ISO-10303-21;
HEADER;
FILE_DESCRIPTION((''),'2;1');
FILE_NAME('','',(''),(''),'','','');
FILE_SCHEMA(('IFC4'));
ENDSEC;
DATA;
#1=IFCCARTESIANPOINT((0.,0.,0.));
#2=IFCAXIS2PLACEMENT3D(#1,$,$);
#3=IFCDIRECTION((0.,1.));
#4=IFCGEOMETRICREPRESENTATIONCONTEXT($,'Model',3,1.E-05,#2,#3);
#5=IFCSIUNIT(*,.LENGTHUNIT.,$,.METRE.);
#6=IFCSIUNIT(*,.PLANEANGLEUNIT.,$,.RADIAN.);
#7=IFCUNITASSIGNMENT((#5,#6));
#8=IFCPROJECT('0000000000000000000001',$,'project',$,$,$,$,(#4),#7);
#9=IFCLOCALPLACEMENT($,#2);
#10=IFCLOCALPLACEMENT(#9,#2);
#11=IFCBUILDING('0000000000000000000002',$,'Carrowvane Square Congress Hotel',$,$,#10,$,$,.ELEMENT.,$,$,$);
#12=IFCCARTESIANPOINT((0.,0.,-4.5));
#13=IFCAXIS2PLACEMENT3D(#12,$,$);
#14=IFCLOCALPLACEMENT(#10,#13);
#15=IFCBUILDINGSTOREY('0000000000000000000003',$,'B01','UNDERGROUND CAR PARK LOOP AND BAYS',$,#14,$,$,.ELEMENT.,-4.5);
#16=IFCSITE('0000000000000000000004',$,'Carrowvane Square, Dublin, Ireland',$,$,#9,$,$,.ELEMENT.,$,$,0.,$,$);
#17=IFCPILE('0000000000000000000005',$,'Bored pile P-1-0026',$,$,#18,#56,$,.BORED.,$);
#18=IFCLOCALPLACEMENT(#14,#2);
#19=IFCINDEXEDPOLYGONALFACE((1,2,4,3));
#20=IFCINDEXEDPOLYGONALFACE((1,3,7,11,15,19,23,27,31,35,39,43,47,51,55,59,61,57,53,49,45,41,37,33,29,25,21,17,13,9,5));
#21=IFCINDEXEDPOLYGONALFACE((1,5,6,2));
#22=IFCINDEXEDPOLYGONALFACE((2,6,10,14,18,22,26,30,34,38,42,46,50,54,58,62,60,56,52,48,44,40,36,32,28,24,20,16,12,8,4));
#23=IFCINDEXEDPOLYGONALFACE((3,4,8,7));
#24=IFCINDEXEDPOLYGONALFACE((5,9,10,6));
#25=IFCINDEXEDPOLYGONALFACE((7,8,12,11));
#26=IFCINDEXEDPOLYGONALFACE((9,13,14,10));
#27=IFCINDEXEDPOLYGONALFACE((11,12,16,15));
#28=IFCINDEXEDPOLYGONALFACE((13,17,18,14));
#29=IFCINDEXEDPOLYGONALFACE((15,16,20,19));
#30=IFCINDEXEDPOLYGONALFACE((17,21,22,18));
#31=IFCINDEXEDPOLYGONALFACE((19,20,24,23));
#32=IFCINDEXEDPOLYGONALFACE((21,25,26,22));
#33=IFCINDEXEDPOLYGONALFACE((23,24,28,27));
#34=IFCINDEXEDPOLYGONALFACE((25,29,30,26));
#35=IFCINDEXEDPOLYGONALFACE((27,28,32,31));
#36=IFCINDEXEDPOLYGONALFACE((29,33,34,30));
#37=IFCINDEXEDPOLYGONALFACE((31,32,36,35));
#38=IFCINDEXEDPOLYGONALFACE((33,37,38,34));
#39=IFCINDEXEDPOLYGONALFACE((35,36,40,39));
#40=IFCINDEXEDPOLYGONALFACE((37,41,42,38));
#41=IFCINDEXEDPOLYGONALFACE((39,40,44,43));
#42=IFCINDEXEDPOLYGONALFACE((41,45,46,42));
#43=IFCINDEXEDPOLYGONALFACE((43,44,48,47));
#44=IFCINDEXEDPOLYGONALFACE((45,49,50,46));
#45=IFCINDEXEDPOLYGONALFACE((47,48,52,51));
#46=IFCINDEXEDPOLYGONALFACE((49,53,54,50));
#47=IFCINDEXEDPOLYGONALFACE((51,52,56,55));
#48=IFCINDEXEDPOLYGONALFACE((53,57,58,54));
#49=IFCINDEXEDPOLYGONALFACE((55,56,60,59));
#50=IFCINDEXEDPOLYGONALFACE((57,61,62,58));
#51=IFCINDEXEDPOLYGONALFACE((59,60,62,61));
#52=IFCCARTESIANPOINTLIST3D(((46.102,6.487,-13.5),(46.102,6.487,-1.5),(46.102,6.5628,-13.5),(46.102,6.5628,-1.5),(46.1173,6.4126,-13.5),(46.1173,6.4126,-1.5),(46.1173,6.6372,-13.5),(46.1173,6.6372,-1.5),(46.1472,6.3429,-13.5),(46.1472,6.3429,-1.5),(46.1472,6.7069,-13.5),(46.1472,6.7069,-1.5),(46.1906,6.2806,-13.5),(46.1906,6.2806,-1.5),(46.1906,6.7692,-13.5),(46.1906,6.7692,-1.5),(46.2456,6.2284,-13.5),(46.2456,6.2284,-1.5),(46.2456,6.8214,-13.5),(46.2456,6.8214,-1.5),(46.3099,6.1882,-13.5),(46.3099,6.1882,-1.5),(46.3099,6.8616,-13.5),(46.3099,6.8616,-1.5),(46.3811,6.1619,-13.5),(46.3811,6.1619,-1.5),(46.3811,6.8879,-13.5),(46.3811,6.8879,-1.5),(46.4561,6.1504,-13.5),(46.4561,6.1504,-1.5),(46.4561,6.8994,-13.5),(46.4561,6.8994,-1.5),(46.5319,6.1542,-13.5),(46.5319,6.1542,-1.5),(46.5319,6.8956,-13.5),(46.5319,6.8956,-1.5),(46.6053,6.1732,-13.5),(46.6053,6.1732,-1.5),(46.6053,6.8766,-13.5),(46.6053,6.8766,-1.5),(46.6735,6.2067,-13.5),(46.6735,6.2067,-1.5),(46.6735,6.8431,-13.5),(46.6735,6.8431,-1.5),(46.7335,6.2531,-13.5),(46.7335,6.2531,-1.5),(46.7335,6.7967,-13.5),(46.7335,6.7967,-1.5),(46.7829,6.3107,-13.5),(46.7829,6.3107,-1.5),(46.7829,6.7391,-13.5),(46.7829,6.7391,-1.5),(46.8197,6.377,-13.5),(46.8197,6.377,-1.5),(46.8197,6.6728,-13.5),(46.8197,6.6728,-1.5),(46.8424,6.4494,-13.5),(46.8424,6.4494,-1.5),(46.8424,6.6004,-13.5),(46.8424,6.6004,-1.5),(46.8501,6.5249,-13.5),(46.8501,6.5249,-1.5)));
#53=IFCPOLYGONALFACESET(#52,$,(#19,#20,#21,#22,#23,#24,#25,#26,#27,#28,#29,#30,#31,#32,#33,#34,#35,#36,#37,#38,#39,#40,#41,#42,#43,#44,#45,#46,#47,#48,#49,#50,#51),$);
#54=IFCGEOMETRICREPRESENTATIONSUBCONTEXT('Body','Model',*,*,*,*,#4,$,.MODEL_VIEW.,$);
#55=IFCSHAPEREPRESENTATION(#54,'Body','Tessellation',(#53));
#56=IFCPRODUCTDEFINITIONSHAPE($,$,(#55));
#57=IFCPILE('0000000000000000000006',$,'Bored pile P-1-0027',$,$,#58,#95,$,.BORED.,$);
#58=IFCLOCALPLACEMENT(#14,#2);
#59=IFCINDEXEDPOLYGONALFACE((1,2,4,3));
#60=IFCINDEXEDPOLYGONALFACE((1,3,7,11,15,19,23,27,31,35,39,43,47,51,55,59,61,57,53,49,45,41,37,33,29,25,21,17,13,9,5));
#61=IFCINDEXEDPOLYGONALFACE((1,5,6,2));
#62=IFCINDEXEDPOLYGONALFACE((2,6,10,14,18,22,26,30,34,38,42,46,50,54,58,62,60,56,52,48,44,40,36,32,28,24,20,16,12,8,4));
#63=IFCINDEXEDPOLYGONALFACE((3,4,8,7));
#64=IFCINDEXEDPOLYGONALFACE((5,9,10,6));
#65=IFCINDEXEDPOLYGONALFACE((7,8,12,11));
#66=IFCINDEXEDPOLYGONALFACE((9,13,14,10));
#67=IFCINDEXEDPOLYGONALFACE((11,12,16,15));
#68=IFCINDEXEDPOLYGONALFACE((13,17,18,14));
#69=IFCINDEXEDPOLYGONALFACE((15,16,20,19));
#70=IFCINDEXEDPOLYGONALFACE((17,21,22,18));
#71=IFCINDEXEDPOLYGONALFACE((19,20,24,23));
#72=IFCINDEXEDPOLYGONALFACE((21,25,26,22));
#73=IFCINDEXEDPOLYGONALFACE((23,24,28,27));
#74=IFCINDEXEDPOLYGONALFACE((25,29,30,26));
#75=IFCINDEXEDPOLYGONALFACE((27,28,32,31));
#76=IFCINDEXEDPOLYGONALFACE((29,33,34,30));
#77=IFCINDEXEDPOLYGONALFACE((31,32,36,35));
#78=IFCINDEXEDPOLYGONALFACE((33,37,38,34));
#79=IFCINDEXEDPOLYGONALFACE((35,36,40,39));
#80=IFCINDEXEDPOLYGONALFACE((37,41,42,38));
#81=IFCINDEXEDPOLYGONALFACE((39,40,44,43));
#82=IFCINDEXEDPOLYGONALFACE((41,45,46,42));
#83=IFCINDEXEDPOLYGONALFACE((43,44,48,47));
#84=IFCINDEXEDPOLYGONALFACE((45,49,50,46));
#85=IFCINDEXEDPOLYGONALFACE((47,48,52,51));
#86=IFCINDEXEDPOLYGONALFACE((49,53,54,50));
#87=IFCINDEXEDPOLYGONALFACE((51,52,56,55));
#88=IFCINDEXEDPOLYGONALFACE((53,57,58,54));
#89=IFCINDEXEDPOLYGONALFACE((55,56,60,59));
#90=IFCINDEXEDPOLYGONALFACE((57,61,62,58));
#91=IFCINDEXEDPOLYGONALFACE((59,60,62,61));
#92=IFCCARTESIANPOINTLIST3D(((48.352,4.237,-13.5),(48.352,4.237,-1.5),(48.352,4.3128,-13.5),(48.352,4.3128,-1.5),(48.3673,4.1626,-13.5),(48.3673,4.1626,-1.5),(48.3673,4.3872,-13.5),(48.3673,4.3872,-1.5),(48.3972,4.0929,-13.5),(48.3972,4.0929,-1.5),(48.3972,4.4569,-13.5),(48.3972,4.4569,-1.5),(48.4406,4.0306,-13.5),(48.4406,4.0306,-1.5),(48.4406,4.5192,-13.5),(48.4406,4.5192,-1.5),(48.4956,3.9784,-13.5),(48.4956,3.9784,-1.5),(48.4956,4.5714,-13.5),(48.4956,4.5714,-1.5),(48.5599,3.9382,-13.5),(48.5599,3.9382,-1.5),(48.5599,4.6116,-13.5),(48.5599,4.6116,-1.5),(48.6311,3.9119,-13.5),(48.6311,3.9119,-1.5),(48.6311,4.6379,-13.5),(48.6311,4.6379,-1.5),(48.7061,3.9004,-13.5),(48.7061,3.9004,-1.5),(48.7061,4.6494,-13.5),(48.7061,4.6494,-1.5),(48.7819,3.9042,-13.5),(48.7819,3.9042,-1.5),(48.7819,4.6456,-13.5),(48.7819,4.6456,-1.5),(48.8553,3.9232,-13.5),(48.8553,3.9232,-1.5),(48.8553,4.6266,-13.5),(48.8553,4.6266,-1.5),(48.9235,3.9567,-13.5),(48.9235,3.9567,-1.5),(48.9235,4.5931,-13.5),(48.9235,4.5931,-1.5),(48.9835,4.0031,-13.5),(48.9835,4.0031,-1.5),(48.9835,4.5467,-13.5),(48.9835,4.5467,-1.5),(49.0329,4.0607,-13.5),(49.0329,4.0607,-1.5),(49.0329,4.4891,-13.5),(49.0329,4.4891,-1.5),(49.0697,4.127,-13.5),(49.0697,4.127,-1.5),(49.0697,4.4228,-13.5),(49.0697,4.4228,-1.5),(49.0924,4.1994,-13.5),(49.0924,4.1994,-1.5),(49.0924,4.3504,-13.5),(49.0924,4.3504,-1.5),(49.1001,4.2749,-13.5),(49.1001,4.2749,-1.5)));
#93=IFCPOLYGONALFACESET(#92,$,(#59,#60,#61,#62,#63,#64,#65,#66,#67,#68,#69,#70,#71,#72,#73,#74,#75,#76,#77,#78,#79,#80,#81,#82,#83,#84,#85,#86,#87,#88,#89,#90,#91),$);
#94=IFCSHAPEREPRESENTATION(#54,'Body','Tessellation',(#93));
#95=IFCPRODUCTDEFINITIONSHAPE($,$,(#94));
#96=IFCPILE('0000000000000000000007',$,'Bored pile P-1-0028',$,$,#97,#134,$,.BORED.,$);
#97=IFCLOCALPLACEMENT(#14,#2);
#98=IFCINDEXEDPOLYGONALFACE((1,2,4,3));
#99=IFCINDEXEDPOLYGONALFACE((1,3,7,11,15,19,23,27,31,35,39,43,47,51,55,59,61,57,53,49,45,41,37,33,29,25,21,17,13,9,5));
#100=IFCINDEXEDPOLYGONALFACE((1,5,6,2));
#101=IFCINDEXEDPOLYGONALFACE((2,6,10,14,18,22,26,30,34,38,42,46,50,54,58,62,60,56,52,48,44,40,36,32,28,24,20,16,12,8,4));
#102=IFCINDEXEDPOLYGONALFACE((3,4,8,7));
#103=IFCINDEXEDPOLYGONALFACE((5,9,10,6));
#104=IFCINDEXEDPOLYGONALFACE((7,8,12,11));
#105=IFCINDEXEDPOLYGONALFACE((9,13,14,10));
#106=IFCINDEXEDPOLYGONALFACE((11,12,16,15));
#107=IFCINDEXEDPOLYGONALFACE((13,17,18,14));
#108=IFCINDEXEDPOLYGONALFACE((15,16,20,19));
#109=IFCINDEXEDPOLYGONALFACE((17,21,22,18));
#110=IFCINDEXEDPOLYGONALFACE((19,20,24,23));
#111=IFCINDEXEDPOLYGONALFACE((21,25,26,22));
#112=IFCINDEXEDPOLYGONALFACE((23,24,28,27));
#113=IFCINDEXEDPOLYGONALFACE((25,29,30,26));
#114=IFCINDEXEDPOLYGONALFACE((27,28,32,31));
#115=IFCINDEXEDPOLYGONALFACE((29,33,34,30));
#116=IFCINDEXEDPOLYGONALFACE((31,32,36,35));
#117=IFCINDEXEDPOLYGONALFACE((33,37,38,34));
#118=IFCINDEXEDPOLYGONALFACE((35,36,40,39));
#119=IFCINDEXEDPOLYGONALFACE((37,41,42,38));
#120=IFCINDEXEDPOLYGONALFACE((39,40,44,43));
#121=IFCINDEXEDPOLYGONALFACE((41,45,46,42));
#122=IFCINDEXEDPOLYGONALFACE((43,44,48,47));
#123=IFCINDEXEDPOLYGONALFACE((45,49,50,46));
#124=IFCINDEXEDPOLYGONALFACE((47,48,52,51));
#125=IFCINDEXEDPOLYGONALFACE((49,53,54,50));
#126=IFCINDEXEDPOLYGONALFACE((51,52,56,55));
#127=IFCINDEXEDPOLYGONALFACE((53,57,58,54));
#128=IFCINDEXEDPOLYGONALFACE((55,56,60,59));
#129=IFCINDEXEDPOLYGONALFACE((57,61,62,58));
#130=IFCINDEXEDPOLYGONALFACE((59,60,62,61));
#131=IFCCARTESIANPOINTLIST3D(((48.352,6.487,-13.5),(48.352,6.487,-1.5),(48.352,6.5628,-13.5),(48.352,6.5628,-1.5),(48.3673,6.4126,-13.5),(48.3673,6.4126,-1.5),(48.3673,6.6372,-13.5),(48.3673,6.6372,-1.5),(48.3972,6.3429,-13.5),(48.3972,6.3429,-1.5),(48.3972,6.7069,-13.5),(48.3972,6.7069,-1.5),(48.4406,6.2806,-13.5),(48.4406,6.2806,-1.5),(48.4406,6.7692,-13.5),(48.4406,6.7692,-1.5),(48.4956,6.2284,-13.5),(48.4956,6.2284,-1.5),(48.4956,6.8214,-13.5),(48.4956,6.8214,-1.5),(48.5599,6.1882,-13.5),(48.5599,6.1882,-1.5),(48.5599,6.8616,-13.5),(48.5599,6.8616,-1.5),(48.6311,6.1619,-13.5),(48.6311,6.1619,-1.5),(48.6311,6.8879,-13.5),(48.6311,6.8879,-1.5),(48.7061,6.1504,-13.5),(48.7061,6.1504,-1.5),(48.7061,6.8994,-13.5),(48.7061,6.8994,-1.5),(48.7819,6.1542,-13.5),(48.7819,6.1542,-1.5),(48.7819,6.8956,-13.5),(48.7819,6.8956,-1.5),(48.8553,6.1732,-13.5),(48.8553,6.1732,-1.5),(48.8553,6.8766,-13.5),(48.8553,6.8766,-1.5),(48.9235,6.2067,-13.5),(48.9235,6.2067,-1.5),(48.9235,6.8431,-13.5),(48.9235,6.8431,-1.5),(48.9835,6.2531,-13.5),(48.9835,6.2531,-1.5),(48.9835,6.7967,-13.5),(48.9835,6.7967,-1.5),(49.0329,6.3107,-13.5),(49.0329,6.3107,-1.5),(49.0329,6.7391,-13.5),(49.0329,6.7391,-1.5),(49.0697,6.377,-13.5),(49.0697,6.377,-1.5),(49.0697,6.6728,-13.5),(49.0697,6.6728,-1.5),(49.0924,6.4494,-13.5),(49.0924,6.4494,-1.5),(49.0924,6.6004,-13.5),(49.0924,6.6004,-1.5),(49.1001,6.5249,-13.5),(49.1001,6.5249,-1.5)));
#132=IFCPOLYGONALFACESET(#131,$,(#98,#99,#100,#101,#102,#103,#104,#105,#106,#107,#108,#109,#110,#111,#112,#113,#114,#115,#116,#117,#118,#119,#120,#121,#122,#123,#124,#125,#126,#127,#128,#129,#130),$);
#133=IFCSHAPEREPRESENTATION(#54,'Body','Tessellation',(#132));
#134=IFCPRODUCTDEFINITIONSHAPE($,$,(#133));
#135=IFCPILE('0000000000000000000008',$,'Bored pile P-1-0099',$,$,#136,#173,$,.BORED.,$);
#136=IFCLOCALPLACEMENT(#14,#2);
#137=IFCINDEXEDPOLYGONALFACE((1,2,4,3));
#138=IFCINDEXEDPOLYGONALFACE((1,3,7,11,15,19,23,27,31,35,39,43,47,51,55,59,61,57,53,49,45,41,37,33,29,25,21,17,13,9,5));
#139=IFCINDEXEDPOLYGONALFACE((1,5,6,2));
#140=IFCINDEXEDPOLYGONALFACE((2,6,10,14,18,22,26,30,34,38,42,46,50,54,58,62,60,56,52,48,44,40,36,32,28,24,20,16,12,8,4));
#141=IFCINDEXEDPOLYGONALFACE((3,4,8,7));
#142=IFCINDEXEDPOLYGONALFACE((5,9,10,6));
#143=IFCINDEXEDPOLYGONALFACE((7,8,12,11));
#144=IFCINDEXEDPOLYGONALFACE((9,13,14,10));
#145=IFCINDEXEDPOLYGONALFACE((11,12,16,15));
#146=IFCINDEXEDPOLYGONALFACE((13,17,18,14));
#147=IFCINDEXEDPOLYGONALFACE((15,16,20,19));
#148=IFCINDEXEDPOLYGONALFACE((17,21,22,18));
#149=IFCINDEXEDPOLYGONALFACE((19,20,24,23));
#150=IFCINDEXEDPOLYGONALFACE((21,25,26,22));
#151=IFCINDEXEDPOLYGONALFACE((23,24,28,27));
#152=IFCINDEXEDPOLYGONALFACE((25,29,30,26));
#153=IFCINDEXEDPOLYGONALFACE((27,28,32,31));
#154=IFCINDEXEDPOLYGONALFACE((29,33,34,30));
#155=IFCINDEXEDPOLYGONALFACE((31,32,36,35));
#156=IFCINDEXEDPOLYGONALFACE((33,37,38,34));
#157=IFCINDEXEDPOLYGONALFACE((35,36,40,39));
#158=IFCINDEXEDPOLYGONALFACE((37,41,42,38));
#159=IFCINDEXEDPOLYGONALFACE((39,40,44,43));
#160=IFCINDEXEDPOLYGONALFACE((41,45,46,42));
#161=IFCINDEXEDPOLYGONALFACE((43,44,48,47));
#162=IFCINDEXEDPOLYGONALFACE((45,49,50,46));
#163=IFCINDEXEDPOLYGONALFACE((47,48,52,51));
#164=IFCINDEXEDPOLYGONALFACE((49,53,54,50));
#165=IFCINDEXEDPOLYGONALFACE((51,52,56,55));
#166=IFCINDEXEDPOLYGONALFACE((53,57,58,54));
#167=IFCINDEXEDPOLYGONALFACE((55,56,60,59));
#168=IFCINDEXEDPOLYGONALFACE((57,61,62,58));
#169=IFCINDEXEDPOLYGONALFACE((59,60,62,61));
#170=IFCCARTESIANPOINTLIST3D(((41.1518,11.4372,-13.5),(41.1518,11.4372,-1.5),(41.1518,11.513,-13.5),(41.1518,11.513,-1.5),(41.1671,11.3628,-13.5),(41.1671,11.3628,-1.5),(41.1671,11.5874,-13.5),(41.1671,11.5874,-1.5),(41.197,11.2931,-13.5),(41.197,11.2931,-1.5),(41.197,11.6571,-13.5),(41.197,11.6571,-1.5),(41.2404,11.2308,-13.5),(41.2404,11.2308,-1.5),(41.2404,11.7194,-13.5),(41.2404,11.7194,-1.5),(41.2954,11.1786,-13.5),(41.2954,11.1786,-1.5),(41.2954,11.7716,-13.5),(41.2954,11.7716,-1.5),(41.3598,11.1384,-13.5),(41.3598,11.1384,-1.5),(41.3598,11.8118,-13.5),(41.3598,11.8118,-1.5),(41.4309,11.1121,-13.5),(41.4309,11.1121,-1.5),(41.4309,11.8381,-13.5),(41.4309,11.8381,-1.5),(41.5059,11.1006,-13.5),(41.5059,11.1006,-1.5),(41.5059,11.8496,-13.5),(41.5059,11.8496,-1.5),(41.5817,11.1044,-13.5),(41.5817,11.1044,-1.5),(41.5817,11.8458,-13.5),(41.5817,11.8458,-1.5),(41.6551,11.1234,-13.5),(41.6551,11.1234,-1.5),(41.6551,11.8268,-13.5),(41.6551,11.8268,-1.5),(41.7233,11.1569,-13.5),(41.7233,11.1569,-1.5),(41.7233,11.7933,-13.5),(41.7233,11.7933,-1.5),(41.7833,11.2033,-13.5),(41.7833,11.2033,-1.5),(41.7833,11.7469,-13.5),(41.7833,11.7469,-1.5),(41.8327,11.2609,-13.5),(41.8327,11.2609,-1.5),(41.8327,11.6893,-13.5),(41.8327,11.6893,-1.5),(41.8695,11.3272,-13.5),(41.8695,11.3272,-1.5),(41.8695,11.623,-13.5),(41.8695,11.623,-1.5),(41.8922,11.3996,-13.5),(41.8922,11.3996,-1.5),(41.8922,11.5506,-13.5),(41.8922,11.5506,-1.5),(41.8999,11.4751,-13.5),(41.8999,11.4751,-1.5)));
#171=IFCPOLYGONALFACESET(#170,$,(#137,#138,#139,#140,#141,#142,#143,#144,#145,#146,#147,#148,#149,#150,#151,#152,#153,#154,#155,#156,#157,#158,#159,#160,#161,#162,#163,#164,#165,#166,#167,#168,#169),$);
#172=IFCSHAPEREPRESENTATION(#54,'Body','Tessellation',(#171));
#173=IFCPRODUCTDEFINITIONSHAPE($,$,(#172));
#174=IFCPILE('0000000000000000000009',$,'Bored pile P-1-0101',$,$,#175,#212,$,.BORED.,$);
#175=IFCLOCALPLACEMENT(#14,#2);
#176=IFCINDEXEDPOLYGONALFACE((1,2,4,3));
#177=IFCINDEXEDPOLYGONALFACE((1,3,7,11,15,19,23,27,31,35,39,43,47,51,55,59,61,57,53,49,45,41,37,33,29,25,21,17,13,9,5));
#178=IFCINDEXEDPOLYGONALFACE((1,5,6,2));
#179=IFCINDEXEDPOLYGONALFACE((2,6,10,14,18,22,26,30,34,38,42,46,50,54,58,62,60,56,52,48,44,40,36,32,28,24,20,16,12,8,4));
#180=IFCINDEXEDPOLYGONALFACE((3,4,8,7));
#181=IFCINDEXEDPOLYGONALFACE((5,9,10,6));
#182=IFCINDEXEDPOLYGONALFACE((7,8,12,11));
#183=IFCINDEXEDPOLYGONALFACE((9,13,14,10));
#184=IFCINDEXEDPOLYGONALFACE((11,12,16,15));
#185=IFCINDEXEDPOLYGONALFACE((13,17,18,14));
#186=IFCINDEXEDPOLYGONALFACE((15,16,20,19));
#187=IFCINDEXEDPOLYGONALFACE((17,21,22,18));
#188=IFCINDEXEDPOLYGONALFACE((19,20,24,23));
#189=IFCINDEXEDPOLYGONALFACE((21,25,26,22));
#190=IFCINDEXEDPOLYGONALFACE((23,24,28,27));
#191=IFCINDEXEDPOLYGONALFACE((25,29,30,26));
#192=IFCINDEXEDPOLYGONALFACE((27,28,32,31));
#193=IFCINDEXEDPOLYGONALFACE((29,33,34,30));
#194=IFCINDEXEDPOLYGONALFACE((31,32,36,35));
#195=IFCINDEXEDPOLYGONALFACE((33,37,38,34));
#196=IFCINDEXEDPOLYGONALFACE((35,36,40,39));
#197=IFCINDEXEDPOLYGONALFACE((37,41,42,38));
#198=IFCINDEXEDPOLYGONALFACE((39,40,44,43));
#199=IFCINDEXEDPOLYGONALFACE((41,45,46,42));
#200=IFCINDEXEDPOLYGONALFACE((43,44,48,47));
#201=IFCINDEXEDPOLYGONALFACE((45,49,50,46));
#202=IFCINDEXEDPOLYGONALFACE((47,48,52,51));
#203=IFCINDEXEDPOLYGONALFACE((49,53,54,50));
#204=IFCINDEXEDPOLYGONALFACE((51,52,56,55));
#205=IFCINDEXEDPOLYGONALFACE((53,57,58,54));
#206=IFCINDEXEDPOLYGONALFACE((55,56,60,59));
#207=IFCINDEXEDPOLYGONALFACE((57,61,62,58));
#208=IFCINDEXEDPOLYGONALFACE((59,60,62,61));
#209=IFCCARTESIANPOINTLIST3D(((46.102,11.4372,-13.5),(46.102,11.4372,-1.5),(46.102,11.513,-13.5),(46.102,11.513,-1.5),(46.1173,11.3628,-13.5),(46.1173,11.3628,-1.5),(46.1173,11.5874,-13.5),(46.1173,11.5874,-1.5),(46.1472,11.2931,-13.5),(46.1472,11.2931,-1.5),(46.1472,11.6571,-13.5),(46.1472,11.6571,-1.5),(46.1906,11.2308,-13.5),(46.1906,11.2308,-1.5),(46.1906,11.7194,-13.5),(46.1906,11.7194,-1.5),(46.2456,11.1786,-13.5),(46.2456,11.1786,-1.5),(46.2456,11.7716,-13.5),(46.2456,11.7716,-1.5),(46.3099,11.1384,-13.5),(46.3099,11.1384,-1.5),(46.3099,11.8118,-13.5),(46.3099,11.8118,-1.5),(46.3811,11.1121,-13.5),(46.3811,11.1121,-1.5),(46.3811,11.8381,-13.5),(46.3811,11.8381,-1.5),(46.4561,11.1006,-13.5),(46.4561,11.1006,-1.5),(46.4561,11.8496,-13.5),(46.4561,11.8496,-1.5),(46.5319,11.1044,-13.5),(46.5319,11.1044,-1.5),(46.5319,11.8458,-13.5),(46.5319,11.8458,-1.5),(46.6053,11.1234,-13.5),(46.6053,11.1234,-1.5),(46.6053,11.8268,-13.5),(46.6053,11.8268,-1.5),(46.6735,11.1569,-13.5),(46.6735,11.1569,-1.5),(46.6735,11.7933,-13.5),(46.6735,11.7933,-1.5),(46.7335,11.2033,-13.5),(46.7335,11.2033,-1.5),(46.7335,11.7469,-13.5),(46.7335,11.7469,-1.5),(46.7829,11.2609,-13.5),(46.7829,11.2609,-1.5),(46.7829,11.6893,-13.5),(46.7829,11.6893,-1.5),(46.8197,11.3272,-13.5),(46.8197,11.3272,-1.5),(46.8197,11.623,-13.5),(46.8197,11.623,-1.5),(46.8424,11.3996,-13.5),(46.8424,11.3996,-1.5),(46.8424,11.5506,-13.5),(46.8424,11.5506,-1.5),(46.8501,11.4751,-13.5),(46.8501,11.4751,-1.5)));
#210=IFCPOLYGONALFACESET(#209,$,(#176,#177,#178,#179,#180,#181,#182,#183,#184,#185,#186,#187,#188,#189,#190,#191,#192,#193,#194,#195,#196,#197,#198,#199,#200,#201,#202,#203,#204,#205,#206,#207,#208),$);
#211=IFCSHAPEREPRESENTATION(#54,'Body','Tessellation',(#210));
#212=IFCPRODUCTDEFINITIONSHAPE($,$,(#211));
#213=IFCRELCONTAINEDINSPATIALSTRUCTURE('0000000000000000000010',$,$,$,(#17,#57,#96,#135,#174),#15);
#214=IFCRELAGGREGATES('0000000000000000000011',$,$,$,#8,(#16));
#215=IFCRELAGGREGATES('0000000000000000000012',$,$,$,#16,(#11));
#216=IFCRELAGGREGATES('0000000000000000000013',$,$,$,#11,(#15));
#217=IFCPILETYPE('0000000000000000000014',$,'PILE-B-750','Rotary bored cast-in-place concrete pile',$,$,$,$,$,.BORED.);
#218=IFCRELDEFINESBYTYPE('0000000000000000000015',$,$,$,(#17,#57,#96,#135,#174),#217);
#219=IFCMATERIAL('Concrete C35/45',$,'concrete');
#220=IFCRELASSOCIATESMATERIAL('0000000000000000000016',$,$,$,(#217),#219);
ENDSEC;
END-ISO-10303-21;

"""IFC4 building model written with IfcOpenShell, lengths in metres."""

from ifc_helpers import new_model, si_unit, direction, frame, origin, origin_2d, place, context, subcontext, project, spatial, circle, extrude, material, material_profile, profile_set, type_object, element, save


model = new_model("IFC4")

# Units and contexts
model_context = context("Model", 3, precision=1e-05, world=origin(), true_north=direction((0.0, 1.0)))
body_context = subcontext(model_context, "Body", "Model", "MODEL_VIEW")
ifc_project = project(units=[si_unit("LENGTHUNIT", "METRE"), si_unit("PLANEANGLEUNIT", "RADIAN")], contexts=[model_context])

# Site, building, storey
site_placement = place(None, origin())
site = spatial("IfcSite", under=ifc_project, at=site_placement, Name="Carrowvane Square, Dublin, Ireland", CompositionType="ELEMENT", RefElevation=0.0)
building_placement = place(site_placement, origin())
building = spatial("IfcBuilding", under=site, at=building_placement, Name="Carrowvane Square Congress Hotel", CompositionType="ELEMENT")
storey_placement = place(building_placement, frame((0.0, 0.0, -4.5)))
storey = spatial("IfcBuildingStorey", under=building, at=storey_placement, Name="B01", Description="UNDERGROUND CAR PARK LOOP AND BAYS", CompositionType="ELEMENT", Elevation=-4.5)

# Piles
ifc_material_1 = material(Name="Concrete C35/45", Category="concrete")
ifc_material_profile_1 = material_profile(ifc_material_1, circle(Radius=0.375, at=origin_2d()), Name="PILE D750")
ifc_profile_set_1 = profile_set([ifc_material_profile_1], Name="Concrete C35/45")
pile_type = type_object("IfcPileType", Name="PILE-B-750", Description="Rotary bored cast-in-place concrete pile", PredefinedType="BORED", material=ifc_profile_set_1)
for number, where, z_axis, x_axis, name in (
    (1, (46.4751, 6.5249, -1.5), (0.0, 0.0, -1.0), (1.0, 0.0, 0.0), "Bored pile P-1-0026"),
    (2, (48.7251, 4.2749, -1.5), (0.0, 0.0, -1.0), (1.0, 0.0, 0.0), "Bored pile P-1-0027"),
    (3, (48.7251, 6.5249, -1.5), (0.0, 0.0, -1.0), (1.0, 0.0, 0.0), "Bored pile P-1-0028"),
    (4, (41.5249, 11.4751, -1.5), (0.0, 0.0, -1.0), (1.0, 0.0, 0.0), "Bored pile P-1-0099"),
    (5, (46.4751, 11.4751, -1.5), (0.0, 0.0, -1.0), (1.0, 0.0, 0.0), "Bored pile P-1-0101"),
):
    element("IfcPile", number, at=place(storey_placement, frame(where, z_axis=z_axis, x_axis=x_axis)), inside=storey, type_object=pile_type, Name=name, PredefinedType="BORED", context=body_context, shape_type="SweptSolid", body=[
        extrude(circle(Radius=0.375, at=origin_2d()), origin(), (0.0, 0.0, 1.0), 12.0),
    ])

save(model, "model.ifc")
